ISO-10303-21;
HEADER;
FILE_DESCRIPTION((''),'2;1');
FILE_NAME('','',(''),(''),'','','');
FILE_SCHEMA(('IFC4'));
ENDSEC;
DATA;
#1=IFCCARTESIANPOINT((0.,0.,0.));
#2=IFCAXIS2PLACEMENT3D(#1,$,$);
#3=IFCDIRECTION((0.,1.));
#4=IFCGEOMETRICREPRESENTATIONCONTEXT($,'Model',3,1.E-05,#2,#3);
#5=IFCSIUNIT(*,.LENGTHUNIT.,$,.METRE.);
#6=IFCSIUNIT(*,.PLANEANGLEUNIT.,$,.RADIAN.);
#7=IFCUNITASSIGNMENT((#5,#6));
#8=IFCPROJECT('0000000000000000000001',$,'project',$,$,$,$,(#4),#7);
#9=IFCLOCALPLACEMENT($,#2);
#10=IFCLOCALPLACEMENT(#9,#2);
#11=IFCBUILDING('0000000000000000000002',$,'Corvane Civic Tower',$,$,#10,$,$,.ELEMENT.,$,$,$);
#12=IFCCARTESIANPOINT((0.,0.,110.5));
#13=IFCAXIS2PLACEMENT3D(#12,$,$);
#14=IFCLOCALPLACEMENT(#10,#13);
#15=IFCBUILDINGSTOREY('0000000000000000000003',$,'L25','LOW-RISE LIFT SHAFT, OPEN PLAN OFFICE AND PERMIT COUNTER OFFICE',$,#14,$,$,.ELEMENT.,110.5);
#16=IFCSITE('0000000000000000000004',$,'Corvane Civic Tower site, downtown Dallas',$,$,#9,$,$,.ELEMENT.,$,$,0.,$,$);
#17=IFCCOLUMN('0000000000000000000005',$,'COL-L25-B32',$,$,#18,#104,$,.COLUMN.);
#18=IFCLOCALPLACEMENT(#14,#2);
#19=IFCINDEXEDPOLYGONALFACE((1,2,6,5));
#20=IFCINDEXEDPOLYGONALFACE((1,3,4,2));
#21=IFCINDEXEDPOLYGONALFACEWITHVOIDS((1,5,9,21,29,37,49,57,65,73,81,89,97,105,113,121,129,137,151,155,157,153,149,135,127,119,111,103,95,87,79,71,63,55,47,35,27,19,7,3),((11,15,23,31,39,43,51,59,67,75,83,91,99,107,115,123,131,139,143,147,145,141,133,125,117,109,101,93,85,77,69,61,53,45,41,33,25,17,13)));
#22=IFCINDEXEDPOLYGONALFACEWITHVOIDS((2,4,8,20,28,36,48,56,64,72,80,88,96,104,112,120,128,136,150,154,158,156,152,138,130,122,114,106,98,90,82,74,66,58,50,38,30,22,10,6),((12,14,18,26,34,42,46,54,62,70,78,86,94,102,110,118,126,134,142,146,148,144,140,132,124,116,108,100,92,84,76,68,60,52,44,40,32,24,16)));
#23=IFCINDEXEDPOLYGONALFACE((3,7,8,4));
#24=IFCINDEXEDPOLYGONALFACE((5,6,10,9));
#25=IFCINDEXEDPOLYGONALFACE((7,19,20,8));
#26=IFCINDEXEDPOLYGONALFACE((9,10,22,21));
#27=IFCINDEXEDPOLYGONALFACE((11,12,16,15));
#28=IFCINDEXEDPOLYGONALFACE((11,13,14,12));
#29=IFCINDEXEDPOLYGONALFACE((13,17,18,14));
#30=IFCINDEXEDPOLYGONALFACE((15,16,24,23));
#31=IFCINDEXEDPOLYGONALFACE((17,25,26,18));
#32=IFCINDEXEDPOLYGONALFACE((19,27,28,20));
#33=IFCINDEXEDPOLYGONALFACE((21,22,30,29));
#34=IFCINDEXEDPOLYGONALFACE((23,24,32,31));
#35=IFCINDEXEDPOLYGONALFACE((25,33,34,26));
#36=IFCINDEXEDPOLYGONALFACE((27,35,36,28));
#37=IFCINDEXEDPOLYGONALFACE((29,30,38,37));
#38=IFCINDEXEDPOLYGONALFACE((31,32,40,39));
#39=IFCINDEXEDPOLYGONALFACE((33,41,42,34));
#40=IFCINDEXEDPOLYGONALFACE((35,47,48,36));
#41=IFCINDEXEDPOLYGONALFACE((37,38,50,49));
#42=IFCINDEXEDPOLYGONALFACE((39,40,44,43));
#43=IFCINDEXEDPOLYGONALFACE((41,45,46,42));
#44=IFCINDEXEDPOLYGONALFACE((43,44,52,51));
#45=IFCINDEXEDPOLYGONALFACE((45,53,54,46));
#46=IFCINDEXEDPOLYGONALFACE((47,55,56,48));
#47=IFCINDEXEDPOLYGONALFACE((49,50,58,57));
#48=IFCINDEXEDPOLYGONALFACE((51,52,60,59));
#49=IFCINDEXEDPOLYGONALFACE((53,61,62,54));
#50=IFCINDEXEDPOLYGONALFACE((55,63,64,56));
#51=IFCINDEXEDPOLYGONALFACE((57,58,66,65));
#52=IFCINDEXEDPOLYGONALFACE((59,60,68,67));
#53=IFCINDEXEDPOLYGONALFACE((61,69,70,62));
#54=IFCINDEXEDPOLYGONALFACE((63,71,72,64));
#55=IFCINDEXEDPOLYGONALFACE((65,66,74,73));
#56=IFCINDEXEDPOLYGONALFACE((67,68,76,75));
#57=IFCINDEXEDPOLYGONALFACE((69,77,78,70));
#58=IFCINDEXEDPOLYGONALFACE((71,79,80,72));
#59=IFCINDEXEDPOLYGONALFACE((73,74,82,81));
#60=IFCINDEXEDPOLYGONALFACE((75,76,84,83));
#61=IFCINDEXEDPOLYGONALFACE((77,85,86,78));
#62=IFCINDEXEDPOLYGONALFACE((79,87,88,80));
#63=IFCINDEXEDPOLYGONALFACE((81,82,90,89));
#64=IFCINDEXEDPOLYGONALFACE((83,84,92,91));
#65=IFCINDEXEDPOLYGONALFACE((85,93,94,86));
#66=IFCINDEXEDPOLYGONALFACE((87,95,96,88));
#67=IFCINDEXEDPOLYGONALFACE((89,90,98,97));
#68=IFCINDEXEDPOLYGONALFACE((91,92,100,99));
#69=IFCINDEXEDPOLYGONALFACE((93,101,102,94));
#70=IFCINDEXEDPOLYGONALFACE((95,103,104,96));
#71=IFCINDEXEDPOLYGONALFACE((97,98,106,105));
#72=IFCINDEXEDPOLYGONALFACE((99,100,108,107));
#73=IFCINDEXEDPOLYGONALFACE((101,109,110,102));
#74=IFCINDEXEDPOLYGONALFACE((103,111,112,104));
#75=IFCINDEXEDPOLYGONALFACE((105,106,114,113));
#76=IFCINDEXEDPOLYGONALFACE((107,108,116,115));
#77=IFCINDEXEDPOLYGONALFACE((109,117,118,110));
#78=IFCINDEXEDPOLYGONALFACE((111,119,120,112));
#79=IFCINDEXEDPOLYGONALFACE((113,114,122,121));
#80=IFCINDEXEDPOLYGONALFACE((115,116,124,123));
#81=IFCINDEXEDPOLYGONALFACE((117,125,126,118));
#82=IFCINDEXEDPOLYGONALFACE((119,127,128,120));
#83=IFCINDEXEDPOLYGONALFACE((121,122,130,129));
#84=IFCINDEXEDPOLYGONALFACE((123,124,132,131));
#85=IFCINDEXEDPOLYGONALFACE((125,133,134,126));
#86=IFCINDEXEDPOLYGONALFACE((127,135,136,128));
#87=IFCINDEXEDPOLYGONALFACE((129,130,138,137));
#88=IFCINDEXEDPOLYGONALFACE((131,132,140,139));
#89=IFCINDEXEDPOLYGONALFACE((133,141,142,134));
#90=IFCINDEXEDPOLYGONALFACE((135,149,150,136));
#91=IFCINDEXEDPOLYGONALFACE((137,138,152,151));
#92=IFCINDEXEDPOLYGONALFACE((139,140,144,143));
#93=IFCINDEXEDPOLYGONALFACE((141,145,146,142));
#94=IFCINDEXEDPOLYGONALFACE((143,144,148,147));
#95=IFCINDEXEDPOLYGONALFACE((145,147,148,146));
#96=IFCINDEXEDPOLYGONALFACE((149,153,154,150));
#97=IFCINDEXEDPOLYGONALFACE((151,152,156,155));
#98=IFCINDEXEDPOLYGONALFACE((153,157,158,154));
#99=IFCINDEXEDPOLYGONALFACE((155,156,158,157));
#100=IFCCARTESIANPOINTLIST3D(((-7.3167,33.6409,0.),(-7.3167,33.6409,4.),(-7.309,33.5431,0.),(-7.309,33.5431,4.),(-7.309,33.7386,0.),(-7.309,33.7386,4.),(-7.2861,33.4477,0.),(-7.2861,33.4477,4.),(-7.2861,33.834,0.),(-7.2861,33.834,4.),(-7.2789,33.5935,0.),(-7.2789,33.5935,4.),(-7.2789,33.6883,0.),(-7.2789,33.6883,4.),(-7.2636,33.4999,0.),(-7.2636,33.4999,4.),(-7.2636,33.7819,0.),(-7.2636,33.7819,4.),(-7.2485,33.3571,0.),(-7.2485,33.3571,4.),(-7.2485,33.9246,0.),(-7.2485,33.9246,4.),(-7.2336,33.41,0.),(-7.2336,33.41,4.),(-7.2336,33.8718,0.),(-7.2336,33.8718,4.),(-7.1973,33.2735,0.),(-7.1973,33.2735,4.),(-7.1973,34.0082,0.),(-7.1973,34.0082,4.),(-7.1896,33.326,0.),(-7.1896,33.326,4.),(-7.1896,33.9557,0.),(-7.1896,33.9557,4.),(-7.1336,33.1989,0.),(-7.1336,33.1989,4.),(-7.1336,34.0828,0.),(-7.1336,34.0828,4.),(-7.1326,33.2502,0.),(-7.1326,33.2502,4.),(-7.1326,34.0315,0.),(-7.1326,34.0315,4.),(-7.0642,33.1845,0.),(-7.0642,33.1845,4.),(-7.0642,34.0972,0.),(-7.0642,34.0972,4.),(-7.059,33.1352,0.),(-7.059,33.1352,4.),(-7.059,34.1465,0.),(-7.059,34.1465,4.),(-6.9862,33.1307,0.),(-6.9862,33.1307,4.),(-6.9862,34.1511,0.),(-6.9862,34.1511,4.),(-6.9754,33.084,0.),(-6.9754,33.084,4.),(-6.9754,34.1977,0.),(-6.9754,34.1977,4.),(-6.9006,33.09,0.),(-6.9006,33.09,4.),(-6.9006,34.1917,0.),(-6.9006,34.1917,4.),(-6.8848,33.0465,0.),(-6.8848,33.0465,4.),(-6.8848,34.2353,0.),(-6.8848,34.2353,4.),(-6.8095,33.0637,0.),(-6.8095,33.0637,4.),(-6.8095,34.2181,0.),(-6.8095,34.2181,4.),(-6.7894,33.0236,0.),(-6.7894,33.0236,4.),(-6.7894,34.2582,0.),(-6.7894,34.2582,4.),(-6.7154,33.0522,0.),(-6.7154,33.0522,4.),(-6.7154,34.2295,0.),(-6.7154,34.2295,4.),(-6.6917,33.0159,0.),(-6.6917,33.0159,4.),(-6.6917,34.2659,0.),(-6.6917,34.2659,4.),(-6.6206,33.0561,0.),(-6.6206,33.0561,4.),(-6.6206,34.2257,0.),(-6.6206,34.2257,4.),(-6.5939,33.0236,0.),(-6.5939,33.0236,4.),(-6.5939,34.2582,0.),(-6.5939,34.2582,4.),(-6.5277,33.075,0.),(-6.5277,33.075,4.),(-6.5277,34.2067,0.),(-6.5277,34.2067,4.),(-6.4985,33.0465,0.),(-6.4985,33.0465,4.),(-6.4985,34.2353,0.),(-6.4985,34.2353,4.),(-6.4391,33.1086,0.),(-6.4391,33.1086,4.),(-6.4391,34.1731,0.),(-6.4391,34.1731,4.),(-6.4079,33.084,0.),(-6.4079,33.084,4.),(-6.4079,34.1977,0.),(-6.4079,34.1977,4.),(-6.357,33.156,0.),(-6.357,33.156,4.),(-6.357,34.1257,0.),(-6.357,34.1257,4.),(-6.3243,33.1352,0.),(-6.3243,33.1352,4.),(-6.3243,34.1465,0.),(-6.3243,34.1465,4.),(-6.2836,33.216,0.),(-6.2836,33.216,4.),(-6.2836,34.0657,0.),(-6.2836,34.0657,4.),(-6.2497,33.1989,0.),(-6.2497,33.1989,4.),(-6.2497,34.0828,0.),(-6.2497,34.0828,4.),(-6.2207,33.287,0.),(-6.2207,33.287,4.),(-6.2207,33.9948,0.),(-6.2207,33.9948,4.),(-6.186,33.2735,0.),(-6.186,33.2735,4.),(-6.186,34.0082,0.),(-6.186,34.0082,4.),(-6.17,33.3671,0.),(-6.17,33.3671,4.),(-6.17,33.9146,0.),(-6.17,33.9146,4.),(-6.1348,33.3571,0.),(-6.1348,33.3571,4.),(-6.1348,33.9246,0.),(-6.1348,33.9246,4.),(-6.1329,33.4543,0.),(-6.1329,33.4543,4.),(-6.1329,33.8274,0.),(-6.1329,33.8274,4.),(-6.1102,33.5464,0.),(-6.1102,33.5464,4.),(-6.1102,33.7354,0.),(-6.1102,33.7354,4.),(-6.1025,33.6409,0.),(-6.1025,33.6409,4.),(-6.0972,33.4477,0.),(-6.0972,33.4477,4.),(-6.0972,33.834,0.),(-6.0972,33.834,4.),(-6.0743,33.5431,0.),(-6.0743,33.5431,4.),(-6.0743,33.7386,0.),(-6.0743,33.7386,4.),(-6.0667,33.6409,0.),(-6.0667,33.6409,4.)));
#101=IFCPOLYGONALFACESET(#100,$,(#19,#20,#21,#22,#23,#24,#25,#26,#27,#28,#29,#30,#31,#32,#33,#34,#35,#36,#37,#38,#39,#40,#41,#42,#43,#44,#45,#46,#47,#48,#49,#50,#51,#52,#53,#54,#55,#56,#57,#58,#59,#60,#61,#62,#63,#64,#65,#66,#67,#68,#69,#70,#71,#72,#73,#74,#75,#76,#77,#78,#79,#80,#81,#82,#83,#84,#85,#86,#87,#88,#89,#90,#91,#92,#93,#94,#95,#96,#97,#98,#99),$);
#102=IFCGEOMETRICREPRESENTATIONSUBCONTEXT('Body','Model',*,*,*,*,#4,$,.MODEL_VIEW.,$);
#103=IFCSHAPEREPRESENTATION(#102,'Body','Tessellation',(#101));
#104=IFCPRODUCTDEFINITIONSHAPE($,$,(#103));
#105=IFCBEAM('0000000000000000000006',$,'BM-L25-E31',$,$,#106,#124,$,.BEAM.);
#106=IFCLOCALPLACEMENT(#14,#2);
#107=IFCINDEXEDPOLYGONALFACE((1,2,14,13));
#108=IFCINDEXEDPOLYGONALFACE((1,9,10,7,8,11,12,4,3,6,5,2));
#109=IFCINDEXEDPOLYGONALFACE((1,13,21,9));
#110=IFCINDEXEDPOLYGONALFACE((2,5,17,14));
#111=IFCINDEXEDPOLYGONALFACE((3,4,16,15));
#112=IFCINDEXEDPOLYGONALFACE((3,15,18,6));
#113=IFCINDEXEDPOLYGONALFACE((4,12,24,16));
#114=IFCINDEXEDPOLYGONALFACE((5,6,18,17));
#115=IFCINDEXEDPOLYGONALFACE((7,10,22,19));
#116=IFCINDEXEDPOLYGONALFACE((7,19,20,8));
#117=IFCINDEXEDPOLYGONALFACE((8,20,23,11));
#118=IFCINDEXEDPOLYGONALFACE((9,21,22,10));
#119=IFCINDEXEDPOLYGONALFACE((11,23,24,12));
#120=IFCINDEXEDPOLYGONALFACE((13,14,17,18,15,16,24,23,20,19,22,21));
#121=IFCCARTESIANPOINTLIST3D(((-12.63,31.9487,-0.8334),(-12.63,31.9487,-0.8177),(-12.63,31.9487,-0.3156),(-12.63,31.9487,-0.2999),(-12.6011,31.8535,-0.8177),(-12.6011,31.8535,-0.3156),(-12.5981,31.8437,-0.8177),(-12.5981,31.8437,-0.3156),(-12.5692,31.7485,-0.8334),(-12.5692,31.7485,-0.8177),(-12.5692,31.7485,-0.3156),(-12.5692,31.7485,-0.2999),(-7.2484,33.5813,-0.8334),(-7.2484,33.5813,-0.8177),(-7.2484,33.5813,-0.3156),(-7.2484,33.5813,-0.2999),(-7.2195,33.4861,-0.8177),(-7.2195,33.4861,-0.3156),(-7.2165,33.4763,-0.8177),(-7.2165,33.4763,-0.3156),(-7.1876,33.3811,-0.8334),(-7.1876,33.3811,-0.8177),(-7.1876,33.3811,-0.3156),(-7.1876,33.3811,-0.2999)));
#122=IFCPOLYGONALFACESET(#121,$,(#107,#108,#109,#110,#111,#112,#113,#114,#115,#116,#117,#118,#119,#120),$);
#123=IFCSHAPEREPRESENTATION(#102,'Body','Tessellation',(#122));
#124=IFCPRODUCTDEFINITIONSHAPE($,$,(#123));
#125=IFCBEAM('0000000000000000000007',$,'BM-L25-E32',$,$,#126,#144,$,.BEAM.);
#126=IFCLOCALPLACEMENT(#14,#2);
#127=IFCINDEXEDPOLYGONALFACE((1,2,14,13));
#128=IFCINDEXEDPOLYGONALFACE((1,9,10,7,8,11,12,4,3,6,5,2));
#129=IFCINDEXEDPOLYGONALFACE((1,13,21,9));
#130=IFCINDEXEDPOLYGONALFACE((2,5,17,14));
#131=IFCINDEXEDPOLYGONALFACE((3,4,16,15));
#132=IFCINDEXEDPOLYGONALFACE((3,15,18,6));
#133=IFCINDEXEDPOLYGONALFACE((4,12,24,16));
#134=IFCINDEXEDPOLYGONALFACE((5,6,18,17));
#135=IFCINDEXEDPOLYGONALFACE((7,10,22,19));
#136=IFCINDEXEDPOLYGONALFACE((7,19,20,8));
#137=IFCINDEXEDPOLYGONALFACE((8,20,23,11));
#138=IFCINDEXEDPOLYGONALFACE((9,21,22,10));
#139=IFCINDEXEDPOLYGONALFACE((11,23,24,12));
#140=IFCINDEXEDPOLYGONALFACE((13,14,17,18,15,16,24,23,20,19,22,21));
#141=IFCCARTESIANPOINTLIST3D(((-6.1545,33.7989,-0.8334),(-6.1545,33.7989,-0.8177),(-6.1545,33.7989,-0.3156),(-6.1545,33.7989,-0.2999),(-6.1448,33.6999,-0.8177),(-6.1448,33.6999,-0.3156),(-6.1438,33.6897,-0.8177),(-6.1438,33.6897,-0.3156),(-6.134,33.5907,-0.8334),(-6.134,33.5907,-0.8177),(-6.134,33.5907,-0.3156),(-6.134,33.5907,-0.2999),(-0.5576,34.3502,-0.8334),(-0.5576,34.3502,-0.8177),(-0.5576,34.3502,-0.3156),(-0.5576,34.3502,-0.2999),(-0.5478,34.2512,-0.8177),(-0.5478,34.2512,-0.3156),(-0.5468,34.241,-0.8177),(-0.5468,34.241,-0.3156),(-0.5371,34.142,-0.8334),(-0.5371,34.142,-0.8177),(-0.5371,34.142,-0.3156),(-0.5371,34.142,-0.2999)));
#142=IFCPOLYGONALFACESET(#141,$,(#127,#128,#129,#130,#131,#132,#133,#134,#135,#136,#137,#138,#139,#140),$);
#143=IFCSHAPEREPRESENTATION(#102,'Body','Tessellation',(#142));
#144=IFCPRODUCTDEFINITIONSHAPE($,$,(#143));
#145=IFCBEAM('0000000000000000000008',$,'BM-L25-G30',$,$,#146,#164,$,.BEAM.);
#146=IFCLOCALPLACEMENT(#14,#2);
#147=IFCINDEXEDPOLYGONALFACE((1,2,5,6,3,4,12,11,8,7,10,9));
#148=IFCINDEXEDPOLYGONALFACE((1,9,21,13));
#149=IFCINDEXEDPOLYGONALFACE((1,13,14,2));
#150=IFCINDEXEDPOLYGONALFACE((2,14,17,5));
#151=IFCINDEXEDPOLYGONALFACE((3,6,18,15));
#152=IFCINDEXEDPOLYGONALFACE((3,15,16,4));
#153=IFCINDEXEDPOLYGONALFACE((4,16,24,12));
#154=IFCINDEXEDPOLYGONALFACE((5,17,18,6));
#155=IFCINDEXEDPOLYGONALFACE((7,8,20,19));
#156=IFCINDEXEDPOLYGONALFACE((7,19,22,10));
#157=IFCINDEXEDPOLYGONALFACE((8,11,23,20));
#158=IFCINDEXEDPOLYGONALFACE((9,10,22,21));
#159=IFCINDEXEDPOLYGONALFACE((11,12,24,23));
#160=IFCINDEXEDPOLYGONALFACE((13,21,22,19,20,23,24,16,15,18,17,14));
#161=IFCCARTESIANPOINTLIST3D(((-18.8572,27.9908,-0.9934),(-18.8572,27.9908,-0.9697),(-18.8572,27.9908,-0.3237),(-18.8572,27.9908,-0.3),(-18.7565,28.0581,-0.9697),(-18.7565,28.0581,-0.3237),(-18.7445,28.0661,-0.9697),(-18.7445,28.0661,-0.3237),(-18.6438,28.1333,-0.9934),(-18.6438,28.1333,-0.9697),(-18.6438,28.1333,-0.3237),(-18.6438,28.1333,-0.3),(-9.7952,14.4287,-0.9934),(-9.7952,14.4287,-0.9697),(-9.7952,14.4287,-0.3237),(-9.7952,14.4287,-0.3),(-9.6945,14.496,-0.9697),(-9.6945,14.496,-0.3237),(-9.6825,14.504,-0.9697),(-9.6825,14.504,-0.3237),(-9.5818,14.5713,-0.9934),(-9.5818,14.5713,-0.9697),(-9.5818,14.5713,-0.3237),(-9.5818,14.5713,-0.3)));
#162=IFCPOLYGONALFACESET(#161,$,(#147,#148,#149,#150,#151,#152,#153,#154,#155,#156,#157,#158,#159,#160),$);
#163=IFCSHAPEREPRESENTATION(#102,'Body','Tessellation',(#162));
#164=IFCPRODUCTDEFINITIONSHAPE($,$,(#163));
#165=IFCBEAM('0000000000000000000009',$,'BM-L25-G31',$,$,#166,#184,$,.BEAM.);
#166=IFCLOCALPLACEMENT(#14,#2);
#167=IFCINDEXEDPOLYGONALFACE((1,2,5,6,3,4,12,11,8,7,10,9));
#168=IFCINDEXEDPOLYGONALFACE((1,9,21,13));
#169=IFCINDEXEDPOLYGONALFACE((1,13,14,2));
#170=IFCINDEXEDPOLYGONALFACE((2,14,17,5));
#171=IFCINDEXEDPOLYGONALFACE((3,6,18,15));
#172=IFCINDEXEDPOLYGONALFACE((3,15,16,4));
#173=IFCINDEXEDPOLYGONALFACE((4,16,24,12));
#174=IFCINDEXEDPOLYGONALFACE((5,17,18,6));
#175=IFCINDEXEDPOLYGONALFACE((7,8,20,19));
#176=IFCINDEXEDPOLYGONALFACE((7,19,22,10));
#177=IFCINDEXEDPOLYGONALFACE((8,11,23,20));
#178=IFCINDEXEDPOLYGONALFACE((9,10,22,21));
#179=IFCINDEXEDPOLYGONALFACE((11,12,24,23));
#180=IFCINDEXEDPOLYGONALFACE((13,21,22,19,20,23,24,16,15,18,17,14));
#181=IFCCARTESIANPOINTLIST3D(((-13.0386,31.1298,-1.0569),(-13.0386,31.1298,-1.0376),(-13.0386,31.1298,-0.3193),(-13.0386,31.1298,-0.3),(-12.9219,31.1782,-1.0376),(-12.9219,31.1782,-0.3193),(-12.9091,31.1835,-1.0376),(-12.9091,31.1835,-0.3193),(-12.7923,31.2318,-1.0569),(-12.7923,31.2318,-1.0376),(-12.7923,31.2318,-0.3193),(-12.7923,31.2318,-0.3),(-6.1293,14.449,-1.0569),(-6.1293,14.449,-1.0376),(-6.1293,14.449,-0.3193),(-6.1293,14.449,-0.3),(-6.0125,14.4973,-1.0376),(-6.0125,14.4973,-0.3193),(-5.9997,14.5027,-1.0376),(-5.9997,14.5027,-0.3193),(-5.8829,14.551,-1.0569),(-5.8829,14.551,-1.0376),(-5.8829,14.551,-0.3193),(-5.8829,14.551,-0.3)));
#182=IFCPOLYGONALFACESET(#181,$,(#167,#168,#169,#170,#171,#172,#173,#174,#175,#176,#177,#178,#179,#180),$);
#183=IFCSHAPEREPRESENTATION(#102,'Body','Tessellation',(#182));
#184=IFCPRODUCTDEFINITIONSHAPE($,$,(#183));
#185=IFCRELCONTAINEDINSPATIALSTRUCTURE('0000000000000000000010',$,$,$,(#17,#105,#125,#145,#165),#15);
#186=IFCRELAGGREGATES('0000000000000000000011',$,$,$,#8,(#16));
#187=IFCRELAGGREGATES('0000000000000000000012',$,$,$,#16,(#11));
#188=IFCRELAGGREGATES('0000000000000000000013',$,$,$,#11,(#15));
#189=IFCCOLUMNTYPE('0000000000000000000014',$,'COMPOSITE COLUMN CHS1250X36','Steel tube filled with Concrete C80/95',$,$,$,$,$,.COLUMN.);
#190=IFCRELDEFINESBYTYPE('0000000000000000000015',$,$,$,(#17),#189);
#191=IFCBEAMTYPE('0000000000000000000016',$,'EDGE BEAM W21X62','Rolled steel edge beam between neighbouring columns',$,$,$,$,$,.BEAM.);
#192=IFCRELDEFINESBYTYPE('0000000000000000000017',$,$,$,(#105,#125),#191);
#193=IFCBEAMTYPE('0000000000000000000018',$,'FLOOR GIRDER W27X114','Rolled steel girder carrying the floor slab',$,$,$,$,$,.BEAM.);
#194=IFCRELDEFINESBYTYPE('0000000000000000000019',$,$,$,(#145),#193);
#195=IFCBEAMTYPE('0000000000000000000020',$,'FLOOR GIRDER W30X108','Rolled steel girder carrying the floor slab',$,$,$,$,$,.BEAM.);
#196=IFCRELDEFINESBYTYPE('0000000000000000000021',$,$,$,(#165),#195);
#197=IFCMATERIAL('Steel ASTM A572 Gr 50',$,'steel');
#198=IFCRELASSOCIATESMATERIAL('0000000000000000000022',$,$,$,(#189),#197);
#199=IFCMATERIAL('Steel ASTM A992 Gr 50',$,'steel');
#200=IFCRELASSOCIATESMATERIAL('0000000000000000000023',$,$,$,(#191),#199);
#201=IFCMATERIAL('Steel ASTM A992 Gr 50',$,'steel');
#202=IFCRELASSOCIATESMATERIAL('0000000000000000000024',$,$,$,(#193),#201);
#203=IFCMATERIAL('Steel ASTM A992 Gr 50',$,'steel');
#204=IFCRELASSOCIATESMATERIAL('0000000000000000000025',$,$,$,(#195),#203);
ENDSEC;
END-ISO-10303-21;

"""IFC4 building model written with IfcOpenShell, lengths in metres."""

from ifc_helpers import new_model, si_unit, direction, frame, origin, origin_2d, place, context, subcontext, project, spatial, hollow_circle, i_section, extrude, material, material_profile, profile_set, type_object, element, save


model = new_model("IFC4")

# Units and contexts
model_context = context("Model", 3, precision=1e-05, world=origin(), true_north=direction((0.0, 1.0)))
body_context = subcontext(model_context, "Body", "Model", "MODEL_VIEW")
ifc_project = project(units=[si_unit("LENGTHUNIT", "METRE"), si_unit("PLANEANGLEUNIT", "RADIAN")], contexts=[model_context])

# Site, building, storey
site_placement = place(None, origin())
site = spatial("IfcSite", under=ifc_project, at=site_placement, Name="Corvane Civic Tower site, downtown Dallas", CompositionType="ELEMENT", RefElevation=0.0)
building_placement = place(site_placement, origin())
building = spatial("IfcBuilding", under=site, at=building_placement, Name="Corvane Civic Tower", CompositionType="ELEMENT")
storey_placement = place(building_placement, frame((0.0, 0.0, 110.5)))
storey = spatial("IfcBuildingStorey", under=building, at=storey_placement, Name="L25", Description="LOW-RISE LIFT SHAFT, OPEN PLAN OFFICE AND PERMIT COUNTER OFFICE", CompositionType="ELEMENT", Elevation=110.5)

# Column
ifc_material_1 = material(Name="Steel ASTM A572 Gr 50", Category="steel")
ifc_material_profile_1 = material_profile(ifc_material_1, hollow_circle(Radius=0.625, WallThickness=0.0359, at=origin_2d()), Name="CHS1250X36")
ifc_profile_set_1 = profile_set([ifc_material_profile_1], Name="Steel ASTM A572 Gr 50")
column_type = type_object("IfcColumnType", Name="COMPOSITE COLUMN CHS1250X36", Description="Steel tube filled with Concrete C80/95", PredefinedType="COLUMN", material=ifc_profile_set_1)
for number, where, z_axis, x_axis, name in (
    (1, (-6.6917, 33.6409, 0.0), (0.0, 0.0, 1.0), (1.0, 0.0, 0.0), "COL-L25-B32"),
):
    element("IfcColumn", number, at=place(storey_placement, frame(where, z_axis=z_axis, x_axis=x_axis)), inside=storey, type_object=column_type, Name=name, PredefinedType="COLUMN", context=body_context, shape_type="SweptSolid", body=[
        extrude(hollow_circle(Radius=0.625, WallThickness=0.0359, at=origin_2d()), origin(), (0.0, 0.0, 1.0), 4.0),
    ])

# Beams
ifc_material_2 = material(Name="Steel ASTM A992 Gr 50", Category="steel")
ifc_material_profile_2 = material_profile(ifc_material_2, i_section(OverallWidth=0.2092, OverallDepth=0.5334, WebThickness=0.0103, FlangeThickness=0.0156, at=origin_2d()), Name="W21X62")
ifc_profile_set_2 = profile_set([ifc_material_profile_2], Name="Steel ASTM A992 Gr 50")
beam_type_1 = type_object("IfcBeamType", Name="EDGE BEAM W21X62", Description="Rolled steel edge beam between neighbouring columns", PredefinedType="BEAM", material=ifc_profile_set_2)
beam_1_placement = place(storey_placement, frame((-12.5996, 31.8486, -0.5667), z_axis=(0.956936, 0.290298, 0.0), x_axis=(-0.290298, 0.956936, 0.0)))
element("IfcBeam", 2, at=beam_1_placement, inside=storey, type_object=beam_type_1, Name="BM-L25-E31", PredefinedType="BEAM", context=body_context, shape_type="SweptSolid", body=[
    extrude(i_section(OverallWidth=0.2092, OverallDepth=0.5334, WebThickness=0.0103, FlangeThickness=0.0156, at=origin_2d()), origin(), (0.0, 0.0, 1.0), 5.6238),
])
beam_2_placement = place(storey_placement, frame((-6.1443, 33.6948, -0.5667), z_axis=(0.995184, 0.098021, 0.0), x_axis=(-0.098021, 0.995184, 0.0)))
element("IfcBeam", 3, at=beam_2_placement, inside=storey, type_object=beam_type_1, Name="BM-L25-E32", PredefinedType="BEAM", context=body_context, shape_type="SweptSolid", body=[
    extrude(i_section(OverallWidth=0.2092, OverallDepth=0.5334, WebThickness=0.0103, FlangeThickness=0.0156, at=origin_2d()), origin(), (0.0, 0.0, 1.0), 5.624),
])
ifc_material_3 = material(Name="Steel ASTM A992 Gr 50", Category="steel")
ifc_material_profile_3 = material_profile(ifc_material_3, i_section(OverallWidth=0.2566, OverallDepth=0.6934, WebThickness=0.0144, FlangeThickness=0.0237, at=origin_2d()), Name="W27X114")
ifc_profile_set_3 = profile_set([ifc_material_profile_3], Name="Steel ASTM A992 Gr 50")
beam_type_2 = type_object("IfcBeamType", Name="FLOOR GIRDER W27X114", Description="Rolled steel girder carrying the floor slab", PredefinedType="BEAM", material=ifc_profile_set_3)
beam_3_placement = place(storey_placement, frame((-9.6885, 14.5, -0.6467), z_axis=(-0.555577, 0.831465, 0.0), x_axis=(-0.831465, -0.555577, 0.0)))
element("IfcBeam", 4, at=beam_3_placement, inside=storey, type_object=beam_type_2, Name="BM-L25-G30", PredefinedType="BEAM", context=body_context, shape_type="SweptSolid", body=[
    extrude(i_section(OverallWidth=0.2566, OverallDepth=0.6934, WebThickness=0.0144, FlangeThickness=0.0237, at=origin_2d()), origin(), (0.0, 0.0, 1.0), 16.311),
])
ifc_material_4 = material(Name="Steel ASTM A992 Gr 50", Category="steel")
ifc_material_profile_4 = material_profile(ifc_material_4, i_section(OverallWidth=0.2666, OverallDepth=0.7568, WebThickness=0.0139, FlangeThickness=0.0193, at=origin_2d()), Name="W30X108")
ifc_profile_set_4 = profile_set([ifc_material_profile_4], Name="Steel ASTM A992 Gr 50")
beam_type_3 = type_object("IfcBeamType", Name="FLOOR GIRDER W30X108", Description="Rolled steel girder carrying the floor slab", PredefinedType="BEAM", material=ifc_profile_set_4)
beam_4_placement = place(storey_placement, frame((-6.0061, 14.5, -0.6785), z_axis=(-0.382682, 0.92388, 0.0), x_axis=(-0.92388, -0.382682, 0.0)))
element("IfcBeam", 5, at=beam_4_placement, inside=storey, type_object=beam_type_3, Name="BM-L25-G31", PredefinedType="BEAM", context=body_context, shape_type="SweptSolid", body=[
    extrude(i_section(OverallWidth=0.2666, OverallDepth=0.7568, WebThickness=0.0139, FlangeThickness=0.0193, at=origin_2d()), origin(), (0.0, 0.0, 1.0), 18.0552),
])

save(model, "model.ifc")
